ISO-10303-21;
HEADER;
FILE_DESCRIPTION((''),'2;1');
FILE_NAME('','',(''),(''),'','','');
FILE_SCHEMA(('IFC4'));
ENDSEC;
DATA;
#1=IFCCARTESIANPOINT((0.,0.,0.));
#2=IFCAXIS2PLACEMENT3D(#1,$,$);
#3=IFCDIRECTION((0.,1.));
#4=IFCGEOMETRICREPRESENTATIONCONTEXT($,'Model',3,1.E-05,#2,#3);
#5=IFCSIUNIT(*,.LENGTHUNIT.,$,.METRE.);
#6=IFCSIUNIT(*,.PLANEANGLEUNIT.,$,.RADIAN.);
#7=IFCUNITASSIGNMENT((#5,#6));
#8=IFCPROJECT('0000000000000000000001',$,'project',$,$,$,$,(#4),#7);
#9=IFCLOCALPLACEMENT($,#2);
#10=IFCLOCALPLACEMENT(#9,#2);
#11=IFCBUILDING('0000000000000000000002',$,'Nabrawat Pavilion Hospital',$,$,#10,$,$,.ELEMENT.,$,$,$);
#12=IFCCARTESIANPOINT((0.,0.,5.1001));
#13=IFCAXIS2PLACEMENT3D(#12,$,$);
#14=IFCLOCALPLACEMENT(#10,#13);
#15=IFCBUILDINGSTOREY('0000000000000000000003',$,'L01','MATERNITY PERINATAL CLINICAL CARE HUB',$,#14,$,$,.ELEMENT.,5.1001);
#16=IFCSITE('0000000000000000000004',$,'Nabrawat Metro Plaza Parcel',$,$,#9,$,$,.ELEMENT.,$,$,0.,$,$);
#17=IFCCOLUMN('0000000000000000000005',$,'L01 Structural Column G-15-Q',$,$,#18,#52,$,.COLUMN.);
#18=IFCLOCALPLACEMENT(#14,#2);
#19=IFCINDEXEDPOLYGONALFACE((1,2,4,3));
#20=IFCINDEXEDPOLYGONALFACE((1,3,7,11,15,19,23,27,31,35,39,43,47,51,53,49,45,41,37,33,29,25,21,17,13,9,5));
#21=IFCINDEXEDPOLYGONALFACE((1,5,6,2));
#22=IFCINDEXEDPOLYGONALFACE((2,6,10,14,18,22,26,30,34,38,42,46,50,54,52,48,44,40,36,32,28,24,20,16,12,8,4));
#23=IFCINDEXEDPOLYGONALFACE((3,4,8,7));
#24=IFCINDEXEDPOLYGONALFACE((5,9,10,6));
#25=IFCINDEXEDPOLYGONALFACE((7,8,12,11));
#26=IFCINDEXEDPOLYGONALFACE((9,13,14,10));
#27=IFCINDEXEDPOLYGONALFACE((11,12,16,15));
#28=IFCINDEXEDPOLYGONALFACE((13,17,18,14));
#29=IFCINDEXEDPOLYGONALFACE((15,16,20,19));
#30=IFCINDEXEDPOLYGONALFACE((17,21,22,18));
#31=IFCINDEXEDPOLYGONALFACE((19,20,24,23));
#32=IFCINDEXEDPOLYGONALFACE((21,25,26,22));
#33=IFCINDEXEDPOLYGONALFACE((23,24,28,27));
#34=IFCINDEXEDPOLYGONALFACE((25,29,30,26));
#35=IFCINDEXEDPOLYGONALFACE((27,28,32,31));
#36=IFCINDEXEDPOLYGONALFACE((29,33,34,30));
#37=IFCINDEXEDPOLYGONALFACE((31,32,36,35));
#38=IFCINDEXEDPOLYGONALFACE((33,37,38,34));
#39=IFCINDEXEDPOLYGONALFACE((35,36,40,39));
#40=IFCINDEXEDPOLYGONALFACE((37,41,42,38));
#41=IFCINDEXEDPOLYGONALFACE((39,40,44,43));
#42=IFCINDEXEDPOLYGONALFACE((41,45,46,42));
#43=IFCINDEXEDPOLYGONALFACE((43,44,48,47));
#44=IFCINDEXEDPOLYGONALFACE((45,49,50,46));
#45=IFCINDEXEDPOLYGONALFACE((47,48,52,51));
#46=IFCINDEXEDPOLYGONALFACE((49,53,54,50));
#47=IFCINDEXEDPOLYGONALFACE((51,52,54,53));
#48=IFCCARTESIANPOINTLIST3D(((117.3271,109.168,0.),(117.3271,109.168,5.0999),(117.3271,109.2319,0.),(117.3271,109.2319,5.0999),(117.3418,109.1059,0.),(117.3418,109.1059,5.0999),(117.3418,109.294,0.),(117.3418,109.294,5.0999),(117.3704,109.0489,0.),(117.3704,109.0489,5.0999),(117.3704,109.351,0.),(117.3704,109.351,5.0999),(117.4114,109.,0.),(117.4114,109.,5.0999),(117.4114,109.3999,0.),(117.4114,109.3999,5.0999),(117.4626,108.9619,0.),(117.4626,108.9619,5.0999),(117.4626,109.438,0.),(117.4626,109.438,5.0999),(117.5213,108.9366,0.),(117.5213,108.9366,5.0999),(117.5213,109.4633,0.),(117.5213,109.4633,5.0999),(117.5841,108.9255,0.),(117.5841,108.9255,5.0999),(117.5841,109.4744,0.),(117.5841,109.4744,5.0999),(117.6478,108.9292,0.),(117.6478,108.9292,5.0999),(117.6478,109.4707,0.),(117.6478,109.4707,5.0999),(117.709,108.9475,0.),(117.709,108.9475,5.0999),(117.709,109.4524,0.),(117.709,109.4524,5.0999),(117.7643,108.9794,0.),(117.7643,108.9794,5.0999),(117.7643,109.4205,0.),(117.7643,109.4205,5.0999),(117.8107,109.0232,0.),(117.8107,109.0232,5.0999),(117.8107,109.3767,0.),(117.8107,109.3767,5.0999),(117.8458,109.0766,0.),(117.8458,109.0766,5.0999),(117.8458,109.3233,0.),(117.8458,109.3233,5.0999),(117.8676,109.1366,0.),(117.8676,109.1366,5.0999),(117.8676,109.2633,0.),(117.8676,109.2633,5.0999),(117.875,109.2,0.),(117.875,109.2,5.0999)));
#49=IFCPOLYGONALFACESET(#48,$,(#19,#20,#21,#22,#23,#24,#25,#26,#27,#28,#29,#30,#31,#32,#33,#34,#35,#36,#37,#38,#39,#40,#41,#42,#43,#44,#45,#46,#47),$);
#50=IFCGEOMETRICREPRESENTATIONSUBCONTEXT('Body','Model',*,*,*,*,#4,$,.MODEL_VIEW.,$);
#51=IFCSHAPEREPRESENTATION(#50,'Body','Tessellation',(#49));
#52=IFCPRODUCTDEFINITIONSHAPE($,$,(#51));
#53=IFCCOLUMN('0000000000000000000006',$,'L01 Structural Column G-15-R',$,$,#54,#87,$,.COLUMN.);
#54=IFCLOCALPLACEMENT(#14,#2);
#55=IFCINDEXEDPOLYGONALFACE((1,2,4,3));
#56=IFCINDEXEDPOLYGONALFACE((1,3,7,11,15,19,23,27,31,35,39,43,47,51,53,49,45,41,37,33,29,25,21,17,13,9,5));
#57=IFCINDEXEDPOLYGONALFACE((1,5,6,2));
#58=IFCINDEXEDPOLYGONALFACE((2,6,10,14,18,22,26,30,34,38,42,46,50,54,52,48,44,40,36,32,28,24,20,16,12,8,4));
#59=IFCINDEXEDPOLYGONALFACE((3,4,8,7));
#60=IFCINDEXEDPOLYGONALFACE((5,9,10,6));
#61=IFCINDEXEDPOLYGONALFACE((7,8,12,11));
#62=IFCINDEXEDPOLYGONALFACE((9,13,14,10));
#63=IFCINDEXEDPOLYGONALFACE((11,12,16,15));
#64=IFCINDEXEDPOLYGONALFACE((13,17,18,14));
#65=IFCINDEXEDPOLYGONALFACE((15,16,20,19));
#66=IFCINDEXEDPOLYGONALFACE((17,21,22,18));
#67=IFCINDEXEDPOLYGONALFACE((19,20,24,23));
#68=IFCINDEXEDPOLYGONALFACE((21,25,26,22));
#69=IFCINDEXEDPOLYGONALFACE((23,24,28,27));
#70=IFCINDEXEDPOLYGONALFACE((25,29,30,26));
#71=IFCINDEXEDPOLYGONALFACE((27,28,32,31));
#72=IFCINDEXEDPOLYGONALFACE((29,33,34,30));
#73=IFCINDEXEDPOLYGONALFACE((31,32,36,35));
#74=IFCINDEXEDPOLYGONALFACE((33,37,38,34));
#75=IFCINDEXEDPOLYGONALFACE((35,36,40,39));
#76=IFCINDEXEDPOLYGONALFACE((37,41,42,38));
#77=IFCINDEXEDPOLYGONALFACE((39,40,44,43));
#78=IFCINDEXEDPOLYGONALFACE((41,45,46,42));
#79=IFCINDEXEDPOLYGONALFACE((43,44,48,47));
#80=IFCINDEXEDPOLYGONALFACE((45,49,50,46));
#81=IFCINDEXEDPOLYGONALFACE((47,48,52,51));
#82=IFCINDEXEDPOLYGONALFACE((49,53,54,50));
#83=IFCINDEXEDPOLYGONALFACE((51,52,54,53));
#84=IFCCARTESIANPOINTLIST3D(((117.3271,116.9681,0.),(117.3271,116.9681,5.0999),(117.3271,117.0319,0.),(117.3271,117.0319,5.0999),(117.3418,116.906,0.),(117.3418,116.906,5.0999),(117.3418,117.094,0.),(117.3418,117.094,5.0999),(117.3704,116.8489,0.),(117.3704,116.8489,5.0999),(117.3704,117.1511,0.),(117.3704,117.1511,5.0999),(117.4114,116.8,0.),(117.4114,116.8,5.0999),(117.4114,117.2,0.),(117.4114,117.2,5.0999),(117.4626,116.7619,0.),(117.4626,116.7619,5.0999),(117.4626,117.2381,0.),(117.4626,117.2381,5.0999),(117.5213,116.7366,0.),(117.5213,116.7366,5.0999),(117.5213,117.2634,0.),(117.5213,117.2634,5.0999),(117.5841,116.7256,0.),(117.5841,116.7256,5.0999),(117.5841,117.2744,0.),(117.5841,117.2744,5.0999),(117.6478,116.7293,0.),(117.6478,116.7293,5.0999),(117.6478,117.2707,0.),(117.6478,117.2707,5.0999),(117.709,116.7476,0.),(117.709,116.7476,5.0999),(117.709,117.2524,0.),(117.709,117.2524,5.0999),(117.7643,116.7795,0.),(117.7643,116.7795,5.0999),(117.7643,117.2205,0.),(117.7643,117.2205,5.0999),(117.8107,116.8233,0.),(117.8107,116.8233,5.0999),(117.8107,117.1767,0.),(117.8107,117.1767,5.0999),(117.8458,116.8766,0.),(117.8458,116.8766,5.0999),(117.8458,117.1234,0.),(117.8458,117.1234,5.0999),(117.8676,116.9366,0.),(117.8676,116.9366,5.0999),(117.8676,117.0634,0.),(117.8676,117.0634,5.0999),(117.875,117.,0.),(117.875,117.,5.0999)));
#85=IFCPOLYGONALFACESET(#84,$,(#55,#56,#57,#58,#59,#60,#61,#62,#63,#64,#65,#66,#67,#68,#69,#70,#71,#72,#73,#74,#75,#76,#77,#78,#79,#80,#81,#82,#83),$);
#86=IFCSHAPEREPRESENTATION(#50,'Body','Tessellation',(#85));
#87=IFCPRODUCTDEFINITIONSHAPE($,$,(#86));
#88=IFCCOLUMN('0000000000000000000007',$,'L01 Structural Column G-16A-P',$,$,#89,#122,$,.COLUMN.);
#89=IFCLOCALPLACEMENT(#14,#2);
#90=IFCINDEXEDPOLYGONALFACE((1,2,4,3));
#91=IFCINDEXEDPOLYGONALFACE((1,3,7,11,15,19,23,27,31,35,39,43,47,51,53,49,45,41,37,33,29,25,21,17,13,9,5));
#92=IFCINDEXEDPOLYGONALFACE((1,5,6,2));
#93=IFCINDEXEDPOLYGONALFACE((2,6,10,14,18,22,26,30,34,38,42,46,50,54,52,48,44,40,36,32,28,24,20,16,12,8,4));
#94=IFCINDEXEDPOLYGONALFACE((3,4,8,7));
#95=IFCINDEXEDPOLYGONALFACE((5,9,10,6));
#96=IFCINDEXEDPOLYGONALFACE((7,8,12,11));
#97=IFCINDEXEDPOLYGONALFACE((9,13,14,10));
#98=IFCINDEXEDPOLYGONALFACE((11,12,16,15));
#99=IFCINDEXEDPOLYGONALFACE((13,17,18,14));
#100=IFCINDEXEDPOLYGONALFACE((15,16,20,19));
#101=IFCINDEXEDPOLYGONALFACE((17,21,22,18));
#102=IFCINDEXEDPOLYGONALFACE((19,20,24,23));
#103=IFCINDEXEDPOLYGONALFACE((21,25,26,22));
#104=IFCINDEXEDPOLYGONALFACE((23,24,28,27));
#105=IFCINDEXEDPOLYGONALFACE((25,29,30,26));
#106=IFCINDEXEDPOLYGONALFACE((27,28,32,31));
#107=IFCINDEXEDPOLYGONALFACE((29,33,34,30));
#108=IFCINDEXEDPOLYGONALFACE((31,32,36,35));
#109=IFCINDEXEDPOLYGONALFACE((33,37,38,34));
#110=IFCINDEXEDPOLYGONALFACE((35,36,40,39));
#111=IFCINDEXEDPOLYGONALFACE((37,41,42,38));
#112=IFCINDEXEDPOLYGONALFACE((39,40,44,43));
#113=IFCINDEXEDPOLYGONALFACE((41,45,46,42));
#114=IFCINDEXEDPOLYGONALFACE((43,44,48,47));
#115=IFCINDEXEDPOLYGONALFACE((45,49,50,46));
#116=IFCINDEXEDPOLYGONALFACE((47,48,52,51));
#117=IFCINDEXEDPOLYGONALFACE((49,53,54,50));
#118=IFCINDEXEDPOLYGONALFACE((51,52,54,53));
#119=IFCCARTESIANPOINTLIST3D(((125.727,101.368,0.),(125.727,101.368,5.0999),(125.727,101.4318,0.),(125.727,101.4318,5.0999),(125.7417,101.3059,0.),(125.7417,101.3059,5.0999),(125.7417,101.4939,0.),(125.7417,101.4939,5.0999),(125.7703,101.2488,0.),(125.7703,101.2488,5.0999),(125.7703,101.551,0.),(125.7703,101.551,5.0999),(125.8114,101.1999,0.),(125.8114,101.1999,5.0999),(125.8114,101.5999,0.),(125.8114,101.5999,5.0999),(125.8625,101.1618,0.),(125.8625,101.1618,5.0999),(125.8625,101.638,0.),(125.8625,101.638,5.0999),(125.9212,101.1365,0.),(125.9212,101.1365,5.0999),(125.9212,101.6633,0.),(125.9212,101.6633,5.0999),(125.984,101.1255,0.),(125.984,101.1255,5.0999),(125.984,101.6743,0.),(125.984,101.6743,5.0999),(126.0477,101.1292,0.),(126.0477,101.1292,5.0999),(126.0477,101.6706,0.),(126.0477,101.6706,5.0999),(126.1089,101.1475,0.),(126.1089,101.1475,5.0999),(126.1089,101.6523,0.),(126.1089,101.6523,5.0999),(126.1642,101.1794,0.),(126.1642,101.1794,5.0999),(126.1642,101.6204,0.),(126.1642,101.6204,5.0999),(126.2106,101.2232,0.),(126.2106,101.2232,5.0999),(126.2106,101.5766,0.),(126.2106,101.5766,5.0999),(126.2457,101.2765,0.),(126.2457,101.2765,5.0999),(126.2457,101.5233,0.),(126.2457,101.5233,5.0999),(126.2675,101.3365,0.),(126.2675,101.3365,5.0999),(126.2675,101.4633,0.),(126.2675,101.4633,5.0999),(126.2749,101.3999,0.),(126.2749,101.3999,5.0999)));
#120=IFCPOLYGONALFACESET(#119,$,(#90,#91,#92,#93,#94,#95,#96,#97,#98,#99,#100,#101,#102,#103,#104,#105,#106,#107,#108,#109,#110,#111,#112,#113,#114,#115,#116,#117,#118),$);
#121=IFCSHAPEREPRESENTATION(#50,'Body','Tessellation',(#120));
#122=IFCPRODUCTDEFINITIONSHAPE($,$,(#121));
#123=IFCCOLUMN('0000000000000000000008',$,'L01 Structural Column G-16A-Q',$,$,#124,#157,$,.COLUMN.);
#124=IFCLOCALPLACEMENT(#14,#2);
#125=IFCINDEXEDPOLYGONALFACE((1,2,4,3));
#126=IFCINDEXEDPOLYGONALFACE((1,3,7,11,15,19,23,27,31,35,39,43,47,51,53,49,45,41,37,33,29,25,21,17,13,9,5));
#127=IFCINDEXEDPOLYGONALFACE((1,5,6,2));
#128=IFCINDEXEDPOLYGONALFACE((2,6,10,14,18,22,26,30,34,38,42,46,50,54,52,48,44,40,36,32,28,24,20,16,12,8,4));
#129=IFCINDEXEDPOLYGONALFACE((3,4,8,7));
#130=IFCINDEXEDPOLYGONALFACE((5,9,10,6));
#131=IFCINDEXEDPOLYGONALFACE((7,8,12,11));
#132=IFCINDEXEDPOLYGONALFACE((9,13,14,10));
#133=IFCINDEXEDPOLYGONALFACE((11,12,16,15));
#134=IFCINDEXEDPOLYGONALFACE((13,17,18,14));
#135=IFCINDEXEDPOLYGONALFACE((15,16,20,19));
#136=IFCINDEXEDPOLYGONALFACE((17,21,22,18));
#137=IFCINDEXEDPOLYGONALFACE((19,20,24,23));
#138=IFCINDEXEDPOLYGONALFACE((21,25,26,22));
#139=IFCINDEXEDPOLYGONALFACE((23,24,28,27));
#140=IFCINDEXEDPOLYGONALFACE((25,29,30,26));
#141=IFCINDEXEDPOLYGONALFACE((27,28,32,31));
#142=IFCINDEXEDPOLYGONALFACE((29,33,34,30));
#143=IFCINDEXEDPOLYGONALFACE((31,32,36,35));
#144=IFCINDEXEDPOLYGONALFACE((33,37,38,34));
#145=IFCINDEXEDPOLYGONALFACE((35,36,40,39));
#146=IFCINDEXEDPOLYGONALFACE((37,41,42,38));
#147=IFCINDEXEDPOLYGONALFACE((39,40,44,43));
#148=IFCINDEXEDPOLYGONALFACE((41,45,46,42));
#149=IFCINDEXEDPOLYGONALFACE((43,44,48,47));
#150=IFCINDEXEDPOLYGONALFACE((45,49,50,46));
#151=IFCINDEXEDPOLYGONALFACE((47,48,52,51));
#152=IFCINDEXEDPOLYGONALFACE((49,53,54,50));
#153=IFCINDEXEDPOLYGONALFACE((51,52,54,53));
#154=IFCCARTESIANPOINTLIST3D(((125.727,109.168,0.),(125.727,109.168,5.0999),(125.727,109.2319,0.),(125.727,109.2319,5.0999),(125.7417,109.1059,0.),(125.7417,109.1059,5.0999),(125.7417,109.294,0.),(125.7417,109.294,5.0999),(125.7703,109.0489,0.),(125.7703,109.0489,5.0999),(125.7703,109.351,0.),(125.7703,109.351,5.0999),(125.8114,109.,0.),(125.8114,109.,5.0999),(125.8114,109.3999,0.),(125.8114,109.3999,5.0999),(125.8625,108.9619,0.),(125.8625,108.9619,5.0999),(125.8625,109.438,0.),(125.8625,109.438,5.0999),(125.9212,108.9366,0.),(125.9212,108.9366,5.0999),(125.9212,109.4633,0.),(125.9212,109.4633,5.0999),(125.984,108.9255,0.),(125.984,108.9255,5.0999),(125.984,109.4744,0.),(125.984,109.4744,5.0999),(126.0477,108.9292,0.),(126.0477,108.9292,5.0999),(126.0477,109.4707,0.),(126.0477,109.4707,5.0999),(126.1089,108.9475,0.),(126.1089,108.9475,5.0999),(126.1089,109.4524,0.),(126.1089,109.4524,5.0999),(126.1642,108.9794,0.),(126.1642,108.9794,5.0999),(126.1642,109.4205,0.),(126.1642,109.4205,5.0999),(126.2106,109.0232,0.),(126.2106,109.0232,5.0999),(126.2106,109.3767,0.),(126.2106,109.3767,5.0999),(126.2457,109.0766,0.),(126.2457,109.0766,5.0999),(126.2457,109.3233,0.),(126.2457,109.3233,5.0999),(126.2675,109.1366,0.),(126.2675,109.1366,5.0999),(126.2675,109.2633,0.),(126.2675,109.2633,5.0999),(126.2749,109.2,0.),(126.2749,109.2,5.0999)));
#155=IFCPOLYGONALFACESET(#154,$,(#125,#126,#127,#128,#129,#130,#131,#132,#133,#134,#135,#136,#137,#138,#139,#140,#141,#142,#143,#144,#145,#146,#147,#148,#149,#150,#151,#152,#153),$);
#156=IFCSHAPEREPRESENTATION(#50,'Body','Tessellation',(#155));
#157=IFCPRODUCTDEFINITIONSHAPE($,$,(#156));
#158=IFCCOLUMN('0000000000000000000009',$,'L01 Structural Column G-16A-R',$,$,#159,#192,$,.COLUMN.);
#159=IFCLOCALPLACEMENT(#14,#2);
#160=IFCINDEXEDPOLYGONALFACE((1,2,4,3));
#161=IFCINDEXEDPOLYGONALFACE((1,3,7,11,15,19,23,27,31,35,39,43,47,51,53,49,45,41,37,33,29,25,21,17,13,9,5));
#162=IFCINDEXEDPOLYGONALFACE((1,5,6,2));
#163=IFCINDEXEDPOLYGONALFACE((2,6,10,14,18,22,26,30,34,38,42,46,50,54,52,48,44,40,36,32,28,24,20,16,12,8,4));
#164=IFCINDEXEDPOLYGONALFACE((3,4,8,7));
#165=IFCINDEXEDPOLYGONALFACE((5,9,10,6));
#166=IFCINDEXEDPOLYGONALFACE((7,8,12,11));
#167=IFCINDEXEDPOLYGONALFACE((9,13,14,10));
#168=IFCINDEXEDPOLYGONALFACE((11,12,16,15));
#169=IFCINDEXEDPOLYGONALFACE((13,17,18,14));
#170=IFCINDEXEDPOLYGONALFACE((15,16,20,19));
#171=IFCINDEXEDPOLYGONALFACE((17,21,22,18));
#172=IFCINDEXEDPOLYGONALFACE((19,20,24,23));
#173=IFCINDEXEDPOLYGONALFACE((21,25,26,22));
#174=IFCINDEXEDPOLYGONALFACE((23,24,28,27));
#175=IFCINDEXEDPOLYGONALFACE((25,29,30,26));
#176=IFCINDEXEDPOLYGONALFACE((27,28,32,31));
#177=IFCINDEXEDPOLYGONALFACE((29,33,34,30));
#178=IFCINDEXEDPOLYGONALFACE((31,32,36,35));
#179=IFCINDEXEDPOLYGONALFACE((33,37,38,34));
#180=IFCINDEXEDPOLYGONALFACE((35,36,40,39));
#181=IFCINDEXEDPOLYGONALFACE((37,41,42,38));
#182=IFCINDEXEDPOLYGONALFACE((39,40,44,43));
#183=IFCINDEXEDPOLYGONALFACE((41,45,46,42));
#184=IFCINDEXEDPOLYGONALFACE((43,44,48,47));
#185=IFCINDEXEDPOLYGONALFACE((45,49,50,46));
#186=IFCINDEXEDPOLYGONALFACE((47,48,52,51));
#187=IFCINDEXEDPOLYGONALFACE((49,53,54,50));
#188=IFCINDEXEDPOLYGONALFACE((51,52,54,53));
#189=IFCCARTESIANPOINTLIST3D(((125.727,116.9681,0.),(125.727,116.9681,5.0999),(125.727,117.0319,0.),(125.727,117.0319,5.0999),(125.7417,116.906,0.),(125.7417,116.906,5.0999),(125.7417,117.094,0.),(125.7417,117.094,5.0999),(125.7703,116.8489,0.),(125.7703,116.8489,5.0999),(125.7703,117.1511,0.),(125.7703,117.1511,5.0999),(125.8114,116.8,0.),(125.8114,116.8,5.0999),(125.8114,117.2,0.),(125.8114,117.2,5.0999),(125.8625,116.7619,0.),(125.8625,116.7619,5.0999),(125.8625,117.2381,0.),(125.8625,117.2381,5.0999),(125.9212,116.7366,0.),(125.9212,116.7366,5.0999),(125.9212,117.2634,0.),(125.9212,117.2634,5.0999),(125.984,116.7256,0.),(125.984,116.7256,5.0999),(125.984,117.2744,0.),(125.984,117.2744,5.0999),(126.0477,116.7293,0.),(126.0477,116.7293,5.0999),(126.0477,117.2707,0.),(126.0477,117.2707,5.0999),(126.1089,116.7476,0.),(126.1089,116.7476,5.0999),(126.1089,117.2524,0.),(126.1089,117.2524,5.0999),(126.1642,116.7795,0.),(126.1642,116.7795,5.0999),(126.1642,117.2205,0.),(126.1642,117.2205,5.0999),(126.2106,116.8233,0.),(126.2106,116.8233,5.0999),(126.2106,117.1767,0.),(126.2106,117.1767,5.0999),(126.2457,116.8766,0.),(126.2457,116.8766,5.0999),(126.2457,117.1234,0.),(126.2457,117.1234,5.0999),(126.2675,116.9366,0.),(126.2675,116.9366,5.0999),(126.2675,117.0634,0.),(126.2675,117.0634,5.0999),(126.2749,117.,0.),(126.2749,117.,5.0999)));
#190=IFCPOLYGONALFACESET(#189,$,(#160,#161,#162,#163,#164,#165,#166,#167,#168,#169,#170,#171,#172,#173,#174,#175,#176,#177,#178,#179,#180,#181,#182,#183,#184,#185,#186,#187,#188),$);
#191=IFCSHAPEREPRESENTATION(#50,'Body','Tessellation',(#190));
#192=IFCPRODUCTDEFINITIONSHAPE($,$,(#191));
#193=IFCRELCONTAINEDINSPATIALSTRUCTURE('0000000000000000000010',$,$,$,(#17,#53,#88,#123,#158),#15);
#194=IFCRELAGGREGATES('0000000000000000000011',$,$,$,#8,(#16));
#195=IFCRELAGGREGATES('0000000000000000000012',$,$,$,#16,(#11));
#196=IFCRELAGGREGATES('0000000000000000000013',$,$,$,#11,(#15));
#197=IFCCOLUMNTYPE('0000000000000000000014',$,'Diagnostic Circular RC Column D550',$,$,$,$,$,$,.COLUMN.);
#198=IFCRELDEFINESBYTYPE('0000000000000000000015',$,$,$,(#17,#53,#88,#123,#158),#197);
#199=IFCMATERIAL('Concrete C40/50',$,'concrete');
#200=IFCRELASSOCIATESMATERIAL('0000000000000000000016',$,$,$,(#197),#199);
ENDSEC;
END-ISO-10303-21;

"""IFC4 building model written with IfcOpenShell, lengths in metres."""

from ifc_helpers import new_model, si_unit, direction, frame, origin, origin_2d, place, context, subcontext, project, spatial, circle, extrude, material, material_profile, profile_set, type_object, element, save


model = new_model("IFC4")

# Units and contexts
model_context = context("Model", 3, precision=1e-05, world=origin(), true_north=direction((0.0, 1.0)))
body_context = subcontext(model_context, "Body", "Model", "MODEL_VIEW")
ifc_project = project(units=[si_unit("LENGTHUNIT", "METRE"), si_unit("PLANEANGLEUNIT", "RADIAN")], contexts=[model_context])

# Site, building, storey
site_placement = place(None, origin())
site = spatial("IfcSite", under=ifc_project, at=site_placement, Name="Nabrawat Metro Plaza Parcel", CompositionType="ELEMENT", RefElevation=0.0)
building_placement = place(site_placement, origin())
building = spatial("IfcBuilding", under=site, at=building_placement, Name="Nabrawat Pavilion Hospital", CompositionType="ELEMENT")
storey_placement = place(building_placement, frame((0.0, 0.0, 5.1001)))
storey = spatial("IfcBuildingStorey", under=building, at=storey_placement, Name="L01", Description="MATERNITY PERINATAL CLINICAL CARE HUB", CompositionType="ELEMENT", Elevation=5.1001)

# Columns
ifc_material_1 = material(Name="Concrete C40/50", Category="concrete")
ifc_material_profile_1 = material_profile(ifc_material_1, circle(Radius=0.2749, at=origin_2d()), Name="RC D550")
ifc_profile_set_1 = profile_set([ifc_material_profile_1], Name="Concrete C40/50")
column_type_1 = type_object("IfcColumnType", Name="Diagnostic Circular RC Column D550", PredefinedType="COLUMN", material=ifc_profile_set_1)
for number, where, z_axis, x_axis, name in (
    (1, (117.6001, 109.2, 0.0), (0.0, 0.0, 1.0), (1.0, 0.0, 0.0), "L01 Structural Column G-15-Q"),
    (2, (117.6001, 117.0, 0.0), (0.0, 0.0, 1.0), (1.0, 0.0, 0.0), "L01 Structural Column G-15-R"),
    (3, (126.0, 101.3999, 0.0), (0.0, 0.0, 1.0), (1.0, 0.0, 0.0), "L01 Structural Column G-16A-P"),
    (4, (126.0, 109.2, 0.0), (0.0, 0.0, 1.0), (1.0, 0.0, 0.0), "L01 Structural Column G-16A-Q"),
    (5, (126.0, 117.0, 0.0), (0.0, 0.0, 1.0), (1.0, 0.0, 0.0), "L01 Structural Column G-16A-R"),
):
    element("IfcColumn", number, at=place(storey_placement, frame(where, z_axis=z_axis, x_axis=x_axis)), inside=storey, type_object=column_type_1, Name=name, PredefinedType="COLUMN", context=body_context, shape_type="SweptSolid", body=[
        extrude(circle(Radius=0.2749, at=origin_2d()), origin(), (0.0, 0.0, 1.0), 5.0999),
    ])

save(model, "model.ifc")
